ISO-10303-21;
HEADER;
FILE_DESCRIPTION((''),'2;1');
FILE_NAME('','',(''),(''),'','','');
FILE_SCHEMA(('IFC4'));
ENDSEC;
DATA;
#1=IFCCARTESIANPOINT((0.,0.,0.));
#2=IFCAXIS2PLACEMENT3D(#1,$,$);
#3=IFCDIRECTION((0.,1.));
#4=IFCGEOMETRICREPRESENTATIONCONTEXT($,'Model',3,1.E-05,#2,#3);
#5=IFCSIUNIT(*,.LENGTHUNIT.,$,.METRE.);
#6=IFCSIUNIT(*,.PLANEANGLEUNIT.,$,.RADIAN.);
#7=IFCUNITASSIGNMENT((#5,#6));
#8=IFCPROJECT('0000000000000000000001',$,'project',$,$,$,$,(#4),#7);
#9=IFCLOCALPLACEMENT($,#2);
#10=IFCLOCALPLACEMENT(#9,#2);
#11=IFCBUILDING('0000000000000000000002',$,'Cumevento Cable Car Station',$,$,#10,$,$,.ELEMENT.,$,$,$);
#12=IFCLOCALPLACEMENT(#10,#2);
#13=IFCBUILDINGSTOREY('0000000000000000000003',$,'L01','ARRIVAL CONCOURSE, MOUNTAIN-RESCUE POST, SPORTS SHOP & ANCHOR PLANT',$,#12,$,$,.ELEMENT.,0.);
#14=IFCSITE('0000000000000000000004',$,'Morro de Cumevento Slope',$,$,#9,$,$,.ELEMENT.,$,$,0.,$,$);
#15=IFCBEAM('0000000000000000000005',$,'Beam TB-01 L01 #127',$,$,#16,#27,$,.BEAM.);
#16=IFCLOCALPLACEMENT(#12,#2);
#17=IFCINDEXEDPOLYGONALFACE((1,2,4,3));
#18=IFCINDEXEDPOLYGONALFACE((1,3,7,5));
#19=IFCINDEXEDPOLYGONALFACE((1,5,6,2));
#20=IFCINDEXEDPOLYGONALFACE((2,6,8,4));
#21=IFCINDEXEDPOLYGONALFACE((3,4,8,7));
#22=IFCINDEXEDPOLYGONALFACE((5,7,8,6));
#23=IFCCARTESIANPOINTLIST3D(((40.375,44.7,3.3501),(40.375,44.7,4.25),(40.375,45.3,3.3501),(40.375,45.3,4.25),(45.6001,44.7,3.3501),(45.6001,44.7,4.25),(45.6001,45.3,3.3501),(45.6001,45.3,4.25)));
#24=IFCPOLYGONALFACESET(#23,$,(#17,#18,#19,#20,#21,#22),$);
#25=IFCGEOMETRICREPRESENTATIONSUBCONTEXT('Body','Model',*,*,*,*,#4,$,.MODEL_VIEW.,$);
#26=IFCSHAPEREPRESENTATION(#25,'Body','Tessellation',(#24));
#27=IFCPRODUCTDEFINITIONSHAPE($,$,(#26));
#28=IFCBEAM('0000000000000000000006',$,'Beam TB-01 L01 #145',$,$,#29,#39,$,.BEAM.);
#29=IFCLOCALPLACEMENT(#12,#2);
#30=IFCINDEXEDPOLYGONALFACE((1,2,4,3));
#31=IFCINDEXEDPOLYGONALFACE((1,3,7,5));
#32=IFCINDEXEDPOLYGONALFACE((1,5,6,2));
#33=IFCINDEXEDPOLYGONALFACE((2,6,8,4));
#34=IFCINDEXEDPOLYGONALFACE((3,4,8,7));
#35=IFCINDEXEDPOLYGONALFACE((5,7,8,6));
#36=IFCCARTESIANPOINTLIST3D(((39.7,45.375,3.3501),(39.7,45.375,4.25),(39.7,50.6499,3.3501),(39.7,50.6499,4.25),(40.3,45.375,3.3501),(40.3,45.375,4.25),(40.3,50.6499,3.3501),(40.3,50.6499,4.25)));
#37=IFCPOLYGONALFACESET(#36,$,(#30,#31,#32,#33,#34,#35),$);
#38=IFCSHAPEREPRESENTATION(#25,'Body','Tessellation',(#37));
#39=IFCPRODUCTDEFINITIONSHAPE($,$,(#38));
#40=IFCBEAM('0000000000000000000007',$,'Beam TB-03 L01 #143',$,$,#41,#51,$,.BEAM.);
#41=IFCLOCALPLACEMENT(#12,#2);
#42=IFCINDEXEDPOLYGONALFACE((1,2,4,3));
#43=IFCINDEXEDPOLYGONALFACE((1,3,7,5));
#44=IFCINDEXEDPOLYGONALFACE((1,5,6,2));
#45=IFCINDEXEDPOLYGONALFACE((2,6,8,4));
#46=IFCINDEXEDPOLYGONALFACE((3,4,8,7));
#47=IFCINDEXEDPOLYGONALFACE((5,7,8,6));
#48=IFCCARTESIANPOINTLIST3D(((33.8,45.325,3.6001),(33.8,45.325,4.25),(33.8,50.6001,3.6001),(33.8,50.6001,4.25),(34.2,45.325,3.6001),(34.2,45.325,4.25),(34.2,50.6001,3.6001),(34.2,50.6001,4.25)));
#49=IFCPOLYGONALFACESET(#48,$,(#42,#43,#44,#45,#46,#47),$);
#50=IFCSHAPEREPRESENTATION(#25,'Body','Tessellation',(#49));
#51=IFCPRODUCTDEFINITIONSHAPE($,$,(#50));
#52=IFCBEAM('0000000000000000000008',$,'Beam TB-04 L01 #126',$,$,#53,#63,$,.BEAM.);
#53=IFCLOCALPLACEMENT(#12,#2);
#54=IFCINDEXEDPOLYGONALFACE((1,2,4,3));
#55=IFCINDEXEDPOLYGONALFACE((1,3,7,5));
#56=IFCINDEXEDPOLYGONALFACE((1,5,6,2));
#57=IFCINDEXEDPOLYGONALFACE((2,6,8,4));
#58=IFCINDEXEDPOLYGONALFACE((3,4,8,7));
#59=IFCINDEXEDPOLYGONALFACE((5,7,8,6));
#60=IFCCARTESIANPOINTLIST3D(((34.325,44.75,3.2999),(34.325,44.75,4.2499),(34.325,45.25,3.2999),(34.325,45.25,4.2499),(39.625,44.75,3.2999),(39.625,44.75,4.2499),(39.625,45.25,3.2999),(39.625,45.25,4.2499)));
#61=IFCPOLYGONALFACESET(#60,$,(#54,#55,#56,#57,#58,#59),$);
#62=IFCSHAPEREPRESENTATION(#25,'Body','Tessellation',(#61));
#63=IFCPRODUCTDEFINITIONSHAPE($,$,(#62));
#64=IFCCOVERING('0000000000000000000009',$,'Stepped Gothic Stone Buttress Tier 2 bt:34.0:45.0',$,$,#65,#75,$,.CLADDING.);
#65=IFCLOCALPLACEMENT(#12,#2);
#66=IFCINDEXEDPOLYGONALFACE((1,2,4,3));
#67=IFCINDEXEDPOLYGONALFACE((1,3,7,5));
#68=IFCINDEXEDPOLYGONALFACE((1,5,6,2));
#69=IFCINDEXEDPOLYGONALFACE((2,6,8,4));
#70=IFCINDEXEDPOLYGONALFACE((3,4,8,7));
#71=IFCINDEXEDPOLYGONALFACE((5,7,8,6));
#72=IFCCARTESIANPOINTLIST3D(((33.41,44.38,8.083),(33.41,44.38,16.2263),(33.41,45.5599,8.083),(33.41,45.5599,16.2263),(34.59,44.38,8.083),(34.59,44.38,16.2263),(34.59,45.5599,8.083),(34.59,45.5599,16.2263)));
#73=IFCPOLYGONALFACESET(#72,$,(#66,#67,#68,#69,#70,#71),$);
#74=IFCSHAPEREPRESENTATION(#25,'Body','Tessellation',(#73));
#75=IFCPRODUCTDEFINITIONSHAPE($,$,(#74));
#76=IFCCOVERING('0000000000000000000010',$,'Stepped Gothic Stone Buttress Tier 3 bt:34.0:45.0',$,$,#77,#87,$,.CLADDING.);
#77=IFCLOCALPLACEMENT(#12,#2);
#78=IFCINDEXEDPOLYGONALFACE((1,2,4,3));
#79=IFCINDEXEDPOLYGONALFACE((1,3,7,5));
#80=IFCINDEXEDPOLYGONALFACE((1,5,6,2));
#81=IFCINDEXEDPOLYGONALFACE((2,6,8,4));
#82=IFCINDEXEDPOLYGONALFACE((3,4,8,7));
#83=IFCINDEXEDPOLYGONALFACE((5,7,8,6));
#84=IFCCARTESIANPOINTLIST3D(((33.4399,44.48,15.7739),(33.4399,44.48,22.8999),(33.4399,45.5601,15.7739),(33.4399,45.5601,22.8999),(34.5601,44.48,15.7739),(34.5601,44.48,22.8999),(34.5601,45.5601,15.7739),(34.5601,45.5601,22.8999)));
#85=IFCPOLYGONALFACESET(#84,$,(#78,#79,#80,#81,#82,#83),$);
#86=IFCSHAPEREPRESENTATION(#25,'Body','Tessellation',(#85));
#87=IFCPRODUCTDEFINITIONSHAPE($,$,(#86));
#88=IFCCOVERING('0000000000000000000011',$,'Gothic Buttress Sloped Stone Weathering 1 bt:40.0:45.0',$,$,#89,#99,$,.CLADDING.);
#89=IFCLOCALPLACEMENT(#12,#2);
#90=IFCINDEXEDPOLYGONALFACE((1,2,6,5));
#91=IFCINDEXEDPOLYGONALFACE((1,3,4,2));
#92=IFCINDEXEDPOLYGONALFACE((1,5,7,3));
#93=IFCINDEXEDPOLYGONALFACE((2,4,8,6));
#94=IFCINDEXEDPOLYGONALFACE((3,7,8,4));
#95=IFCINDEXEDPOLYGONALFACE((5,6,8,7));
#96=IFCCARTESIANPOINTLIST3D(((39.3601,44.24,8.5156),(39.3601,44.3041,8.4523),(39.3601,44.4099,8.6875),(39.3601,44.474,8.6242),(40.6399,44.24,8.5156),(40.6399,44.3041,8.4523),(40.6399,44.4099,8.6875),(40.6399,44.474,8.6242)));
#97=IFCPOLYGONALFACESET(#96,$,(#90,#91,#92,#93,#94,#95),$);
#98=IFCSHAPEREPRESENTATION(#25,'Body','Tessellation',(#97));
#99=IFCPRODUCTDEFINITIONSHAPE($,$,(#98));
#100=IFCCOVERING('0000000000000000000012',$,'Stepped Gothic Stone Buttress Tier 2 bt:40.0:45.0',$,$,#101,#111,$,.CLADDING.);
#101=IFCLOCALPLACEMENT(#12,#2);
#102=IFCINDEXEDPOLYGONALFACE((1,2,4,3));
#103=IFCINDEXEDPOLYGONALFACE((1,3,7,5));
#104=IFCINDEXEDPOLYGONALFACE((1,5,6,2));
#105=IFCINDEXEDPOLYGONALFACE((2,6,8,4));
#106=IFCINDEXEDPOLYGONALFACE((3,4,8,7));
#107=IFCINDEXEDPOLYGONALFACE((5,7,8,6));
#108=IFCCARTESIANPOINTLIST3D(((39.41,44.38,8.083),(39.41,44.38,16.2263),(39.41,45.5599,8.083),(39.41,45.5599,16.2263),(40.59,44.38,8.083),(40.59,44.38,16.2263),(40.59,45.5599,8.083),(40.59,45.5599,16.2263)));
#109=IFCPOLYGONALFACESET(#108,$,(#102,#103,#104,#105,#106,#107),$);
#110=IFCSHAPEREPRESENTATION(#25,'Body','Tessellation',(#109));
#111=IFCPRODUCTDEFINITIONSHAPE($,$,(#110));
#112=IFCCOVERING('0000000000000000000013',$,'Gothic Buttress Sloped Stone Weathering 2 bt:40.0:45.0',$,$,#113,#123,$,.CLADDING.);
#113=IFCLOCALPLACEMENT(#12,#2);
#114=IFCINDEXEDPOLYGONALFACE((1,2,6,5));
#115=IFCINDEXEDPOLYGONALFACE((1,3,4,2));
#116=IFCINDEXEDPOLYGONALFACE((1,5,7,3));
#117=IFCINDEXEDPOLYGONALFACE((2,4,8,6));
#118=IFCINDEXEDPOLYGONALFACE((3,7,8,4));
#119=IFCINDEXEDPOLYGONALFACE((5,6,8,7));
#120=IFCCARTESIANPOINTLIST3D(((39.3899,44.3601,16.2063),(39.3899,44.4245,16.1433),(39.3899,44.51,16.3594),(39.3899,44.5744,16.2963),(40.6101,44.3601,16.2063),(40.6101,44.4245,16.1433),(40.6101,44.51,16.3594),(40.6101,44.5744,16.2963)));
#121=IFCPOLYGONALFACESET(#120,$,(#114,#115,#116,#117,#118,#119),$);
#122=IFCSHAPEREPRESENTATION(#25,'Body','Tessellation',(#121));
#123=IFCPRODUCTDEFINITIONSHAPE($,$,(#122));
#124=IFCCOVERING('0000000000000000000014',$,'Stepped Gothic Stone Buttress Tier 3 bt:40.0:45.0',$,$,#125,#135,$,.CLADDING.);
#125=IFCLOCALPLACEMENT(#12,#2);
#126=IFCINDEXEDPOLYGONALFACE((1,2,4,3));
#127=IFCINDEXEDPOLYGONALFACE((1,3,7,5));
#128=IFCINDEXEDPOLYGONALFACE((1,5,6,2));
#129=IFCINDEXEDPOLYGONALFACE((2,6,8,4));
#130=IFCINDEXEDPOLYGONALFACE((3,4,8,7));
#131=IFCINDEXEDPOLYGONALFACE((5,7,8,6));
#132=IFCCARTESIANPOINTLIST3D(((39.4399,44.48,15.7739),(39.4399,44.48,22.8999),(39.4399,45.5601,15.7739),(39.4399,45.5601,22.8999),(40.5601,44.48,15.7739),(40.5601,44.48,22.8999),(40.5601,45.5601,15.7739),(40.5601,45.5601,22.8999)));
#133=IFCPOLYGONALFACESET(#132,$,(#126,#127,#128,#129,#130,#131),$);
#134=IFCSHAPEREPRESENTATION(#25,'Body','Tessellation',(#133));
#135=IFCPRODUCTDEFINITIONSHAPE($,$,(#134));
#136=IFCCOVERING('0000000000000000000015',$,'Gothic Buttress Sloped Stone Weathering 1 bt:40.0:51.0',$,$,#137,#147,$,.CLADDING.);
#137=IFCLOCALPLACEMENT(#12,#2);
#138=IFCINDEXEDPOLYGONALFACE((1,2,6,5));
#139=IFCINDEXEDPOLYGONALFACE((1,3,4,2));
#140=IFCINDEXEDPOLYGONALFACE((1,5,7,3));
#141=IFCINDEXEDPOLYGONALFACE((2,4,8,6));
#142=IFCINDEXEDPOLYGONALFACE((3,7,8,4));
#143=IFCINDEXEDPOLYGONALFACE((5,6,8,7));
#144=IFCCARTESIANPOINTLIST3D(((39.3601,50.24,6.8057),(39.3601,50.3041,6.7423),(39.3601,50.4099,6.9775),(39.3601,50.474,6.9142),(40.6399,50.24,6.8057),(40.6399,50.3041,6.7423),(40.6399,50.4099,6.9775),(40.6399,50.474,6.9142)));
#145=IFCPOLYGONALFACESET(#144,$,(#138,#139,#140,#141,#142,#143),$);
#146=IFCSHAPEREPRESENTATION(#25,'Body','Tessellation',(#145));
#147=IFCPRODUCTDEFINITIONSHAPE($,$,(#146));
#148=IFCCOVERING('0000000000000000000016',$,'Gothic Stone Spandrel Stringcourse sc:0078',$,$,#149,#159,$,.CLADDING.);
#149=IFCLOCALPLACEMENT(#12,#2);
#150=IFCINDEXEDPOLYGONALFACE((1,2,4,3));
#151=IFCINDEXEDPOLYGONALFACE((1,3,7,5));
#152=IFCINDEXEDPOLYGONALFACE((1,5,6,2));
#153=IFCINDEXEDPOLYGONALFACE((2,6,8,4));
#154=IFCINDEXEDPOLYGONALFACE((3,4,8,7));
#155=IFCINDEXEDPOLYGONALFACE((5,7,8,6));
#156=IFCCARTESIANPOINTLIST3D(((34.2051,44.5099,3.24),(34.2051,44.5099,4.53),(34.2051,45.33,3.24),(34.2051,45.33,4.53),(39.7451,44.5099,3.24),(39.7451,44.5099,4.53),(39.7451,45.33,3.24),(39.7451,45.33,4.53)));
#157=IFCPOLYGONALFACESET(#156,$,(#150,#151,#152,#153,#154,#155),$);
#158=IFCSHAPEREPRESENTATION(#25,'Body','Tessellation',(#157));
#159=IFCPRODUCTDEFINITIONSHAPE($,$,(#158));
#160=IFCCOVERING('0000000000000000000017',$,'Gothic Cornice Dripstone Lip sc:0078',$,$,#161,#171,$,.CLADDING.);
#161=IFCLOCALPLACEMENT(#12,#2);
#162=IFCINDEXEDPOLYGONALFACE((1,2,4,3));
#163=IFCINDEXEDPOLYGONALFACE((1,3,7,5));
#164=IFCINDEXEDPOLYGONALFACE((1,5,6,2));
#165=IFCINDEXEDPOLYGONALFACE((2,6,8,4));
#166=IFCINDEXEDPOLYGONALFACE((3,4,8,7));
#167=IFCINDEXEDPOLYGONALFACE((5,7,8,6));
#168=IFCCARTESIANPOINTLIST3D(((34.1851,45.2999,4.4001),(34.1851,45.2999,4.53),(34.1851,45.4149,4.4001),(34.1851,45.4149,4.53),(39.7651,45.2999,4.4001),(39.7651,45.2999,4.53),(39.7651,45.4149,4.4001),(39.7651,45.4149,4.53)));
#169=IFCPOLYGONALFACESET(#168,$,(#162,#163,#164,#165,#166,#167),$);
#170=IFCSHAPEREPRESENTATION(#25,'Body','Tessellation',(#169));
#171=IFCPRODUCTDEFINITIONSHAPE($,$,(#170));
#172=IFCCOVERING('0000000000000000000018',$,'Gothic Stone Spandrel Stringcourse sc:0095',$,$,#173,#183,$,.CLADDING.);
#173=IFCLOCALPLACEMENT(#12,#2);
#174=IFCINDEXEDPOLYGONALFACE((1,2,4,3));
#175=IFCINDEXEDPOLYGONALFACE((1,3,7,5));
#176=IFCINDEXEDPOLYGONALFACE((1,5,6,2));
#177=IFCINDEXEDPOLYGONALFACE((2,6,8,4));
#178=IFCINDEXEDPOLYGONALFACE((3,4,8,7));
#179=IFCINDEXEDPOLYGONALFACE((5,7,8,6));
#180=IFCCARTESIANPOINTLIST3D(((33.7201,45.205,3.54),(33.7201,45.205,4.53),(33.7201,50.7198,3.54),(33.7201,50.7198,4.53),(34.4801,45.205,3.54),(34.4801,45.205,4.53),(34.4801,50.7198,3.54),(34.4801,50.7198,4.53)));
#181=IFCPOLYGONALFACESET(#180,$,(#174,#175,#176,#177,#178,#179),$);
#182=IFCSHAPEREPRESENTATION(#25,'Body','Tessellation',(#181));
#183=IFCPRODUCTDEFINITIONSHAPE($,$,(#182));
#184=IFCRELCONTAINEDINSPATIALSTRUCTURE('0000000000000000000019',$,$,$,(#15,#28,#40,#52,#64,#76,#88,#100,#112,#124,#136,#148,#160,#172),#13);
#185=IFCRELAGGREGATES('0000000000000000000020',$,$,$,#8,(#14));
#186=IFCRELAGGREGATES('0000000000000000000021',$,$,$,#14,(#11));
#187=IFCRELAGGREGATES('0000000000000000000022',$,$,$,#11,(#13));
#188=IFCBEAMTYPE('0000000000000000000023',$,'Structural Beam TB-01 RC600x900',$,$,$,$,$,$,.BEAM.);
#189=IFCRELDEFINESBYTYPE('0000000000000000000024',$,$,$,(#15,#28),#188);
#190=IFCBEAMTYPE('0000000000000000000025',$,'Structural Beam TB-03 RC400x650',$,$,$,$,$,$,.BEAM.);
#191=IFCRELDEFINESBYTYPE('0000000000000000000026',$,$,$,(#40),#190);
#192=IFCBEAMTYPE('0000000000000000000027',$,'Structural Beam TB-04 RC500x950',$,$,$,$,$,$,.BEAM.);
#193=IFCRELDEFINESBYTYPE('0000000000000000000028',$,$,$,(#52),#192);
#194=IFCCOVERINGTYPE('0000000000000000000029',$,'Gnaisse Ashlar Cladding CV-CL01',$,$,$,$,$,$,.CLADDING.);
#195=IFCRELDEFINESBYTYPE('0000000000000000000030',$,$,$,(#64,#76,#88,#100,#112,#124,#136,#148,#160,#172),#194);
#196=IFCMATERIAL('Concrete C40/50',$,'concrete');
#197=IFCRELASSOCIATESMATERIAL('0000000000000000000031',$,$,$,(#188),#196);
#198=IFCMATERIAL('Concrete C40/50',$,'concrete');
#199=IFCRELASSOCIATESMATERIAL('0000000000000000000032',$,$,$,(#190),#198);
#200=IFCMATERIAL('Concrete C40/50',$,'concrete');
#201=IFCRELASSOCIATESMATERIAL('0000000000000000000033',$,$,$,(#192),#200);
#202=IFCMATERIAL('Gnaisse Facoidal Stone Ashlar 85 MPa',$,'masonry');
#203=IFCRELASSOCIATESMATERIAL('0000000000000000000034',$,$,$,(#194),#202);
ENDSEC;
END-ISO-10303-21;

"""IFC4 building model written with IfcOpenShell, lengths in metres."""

from ifc_helpers import new_model, si_unit, direction, frame, origin, origin_2d, place, context, subcontext, project, spatial, polyline, rectangle, outline, extrude, material, material_profile, profile_set, type_object, element, save


model = new_model("IFC4")

# Units and contexts
model_context = context("Model", 3, precision=1e-05, world=origin(), true_north=direction((0.0, 1.0)))
body_context = subcontext(model_context, "Body", "Model", "MODEL_VIEW")
ifc_project = project(units=[si_unit("LENGTHUNIT", "METRE"), si_unit("PLANEANGLEUNIT", "RADIAN")], contexts=[model_context])

# Site, building, storey
site_placement = place(None, origin())
site = spatial("IfcSite", under=ifc_project, at=site_placement, Name="Morro de Cumevento Slope", CompositionType="ELEMENT", RefElevation=0.0)
building_placement = place(site_placement, origin())
building = spatial("IfcBuilding", under=site, at=building_placement, Name="Cumevento Cable Car Station", CompositionType="ELEMENT")
storey_placement = place(building_placement, origin())
storey = spatial("IfcBuildingStorey", under=building, at=storey_placement, Name="L01", Description="ARRIVAL CONCOURSE, MOUNTAIN-RESCUE POST, SPORTS SHOP & ANCHOR PLANT", CompositionType="ELEMENT", Elevation=0.0)

# Beams
ifc_material_1 = material(Name="Concrete C40/50", Category="concrete")
ifc_material_profile_1 = material_profile(ifc_material_1, rectangle(XDim=0.6001, YDim=0.8999, at=origin_2d()), Name="RC600x900")
ifc_profile_set_1 = profile_set([ifc_material_profile_1], Name="Concrete C40/50")
beam_type_1 = type_object("IfcBeamType", Name="Structural Beam TB-01 RC600x900", PredefinedType="BEAM", material=ifc_profile_set_1)
beam_1_placement = place(storey_placement, frame((40.375, 45.0, 3.8), z_axis=(1.0, 0.0, 0.0), x_axis=(0.0, 1.0, 0.0)))
element("IfcBeam", 1, at=beam_1_placement, inside=storey, type_object=beam_type_1, Name="Beam TB-01 L01 #127", PredefinedType="BEAM", context=body_context, shape_type="SweptSolid", body=[
    extrude(rectangle(XDim=0.6001, YDim=0.8999, at=origin_2d()), origin(), (0.0, 0.0, 1.0), 5.2251),
])
beam_2_placement = place(storey_placement, frame((40.0, 45.375, 3.8), z_axis=(0.0, 1.0, 0.0), x_axis=(-1.0, 0.0, 0.0)))
element("IfcBeam", 2, at=beam_2_placement, inside=storey, type_object=beam_type_1, Name="Beam TB-01 L01 #145", PredefinedType="BEAM", context=body_context, shape_type="SweptSolid", body=[
    extrude(rectangle(XDim=0.6001, YDim=0.8999, at=origin_2d()), origin(), (0.0, 0.0, 1.0), 5.2749),
])
ifc_material_2 = material(Name="Concrete C40/50", Category="concrete")
ifc_material_profile_2 = material_profile(ifc_material_2, rectangle(XDim=0.3999, YDim=0.6499, at=origin_2d()), Name="RC400x650")
ifc_profile_set_2 = profile_set([ifc_material_profile_2], Name="Concrete C40/50")
beam_type_2 = type_object("IfcBeamType", Name="Structural Beam TB-03 RC400x650", PredefinedType="BEAM", material=ifc_profile_set_2)
beam_3_placement = place(storey_placement, frame((34.0, 45.325, 3.925), z_axis=(0.0, 1.0, 0.0), x_axis=(-1.0, 0.0, 0.0)))
element("IfcBeam", 3, at=beam_3_placement, inside=storey, type_object=beam_type_2, Name="Beam TB-03 L01 #143", PredefinedType="BEAM", context=body_context, shape_type="SweptSolid", body=[
    extrude(rectangle(XDim=0.3999, YDim=0.6499, at=origin_2d()), origin(), (0.0, 0.0, 1.0), 5.2751),
])
ifc_material_3 = material(Name="Concrete C40/50", Category="concrete")
ifc_material_profile_3 = material_profile(ifc_material_3, rectangle(XDim=0.5, YDim=0.95, at=origin_2d()), Name="RC500x950")
ifc_profile_set_3 = profile_set([ifc_material_profile_3], Name="Concrete C40/50")
beam_type_3 = type_object("IfcBeamType", Name="Structural Beam TB-04 RC500x950", PredefinedType="BEAM", material=ifc_profile_set_3)
beam_4_placement = place(storey_placement, frame((34.325, 45.0, 3.7749), z_axis=(1.0, 0.0, 0.0), x_axis=(0.0, 1.0, 0.0)))
element("IfcBeam", 4, at=beam_4_placement, inside=storey, type_object=beam_type_3, Name="Beam TB-04 L01 #126", PredefinedType="BEAM", context=body_context, shape_type="SweptSolid", body=[
    extrude(rectangle(XDim=0.5, YDim=0.95, at=origin_2d()), origin(), (0.0, 0.0, 1.0), 5.3),
])

# Coverings
ifc_material_4 = material(Name="Gnaisse Facoidal Stone Ashlar 85 MPa", Category="masonry")
covering_type = type_object("IfcCoveringType", Name="Gnaisse Ashlar Cladding CV-CL01", PredefinedType="CLADDING", material=ifc_material_4)
covering_1_placement = place(storey_placement, frame((34.0, 44.97, 8.083), z_axis=(0.0, 0.0, 1.0), x_axis=(1.0, 0.0, 0.0)))
element("IfcCovering", 5, at=covering_1_placement, inside=storey, type_object=covering_type, Name="Stepped Gothic Stone Buttress Tier 2 bt:34.0:45.0", PredefinedType="CLADDING", context=body_context, shape_type="SweptSolid", body=[
    extrude(rectangle(XDim=1.1799, YDim=1.1799, at=origin_2d()), origin(), (0.0, 0.0, 1.0), 8.1433),
])
covering_2_placement = place(storey_placement, frame((34.0, 45.02, 15.7739), z_axis=(0.0, 0.0, 1.0), x_axis=(1.0, 0.0, 0.0)))
element("IfcCovering", 6, at=covering_2_placement, inside=storey, type_object=covering_type, Name="Stepped Gothic Stone Buttress Tier 3 bt:34.0:45.0", PredefinedType="CLADDING", context=body_context, shape_type="SweptSolid", body=[
    extrude(rectangle(XDim=1.1201, YDim=1.0801, at=origin_2d()), origin(), (0.0, 0.0, 1.0), 7.126),
])
covering_3_placement = place(storey_placement, frame((39.3601, 44.24, 8.5156), z_axis=(0.0, -0.711136, 0.703055), x_axis=(1.0, 0.0, 0.0)))
element("IfcCovering", 7, at=covering_3_placement, inside=storey, type_object=covering_type, Name="Gothic Buttress Sloped Stone Weathering 1 bt:40.0:45.0", PredefinedType="CLADDING", context=body_context, shape_type="SweptSolid", body=[
    extrude(outline(polyline([(0.0, 0.0), (1.2798, 0.0), (1.2798, 0.2417), (0.0, 0.2417), (0.0, 0.0)])), origin(), (0.0, 0.0, -1.0), 0.0901),
])
covering_4_placement = place(storey_placement, frame((40.0, 44.97, 8.083), z_axis=(0.0, 0.0, 1.0), x_axis=(1.0, 0.0, 0.0)))
element("IfcCovering", 8, at=covering_4_placement, inside=storey, type_object=covering_type, Name="Stepped Gothic Stone Buttress Tier 2 bt:40.0:45.0", PredefinedType="CLADDING", context=body_context, shape_type="SweptSolid", body=[
    extrude(rectangle(XDim=1.1799, YDim=1.1799, at=origin_2d()), origin(), (0.0, 0.0, 1.0), 8.1433),
])
covering_5_placement = place(storey_placement, frame((39.3899, 44.3601, 16.2063), z_axis=(0.0, -0.714475, 0.699661), x_axis=(1.0, 0.0, 0.0)))
element("IfcCovering", 9, at=covering_5_placement, inside=storey, type_object=covering_type, Name="Gothic Buttress Sloped Stone Weathering 2 bt:40.0:45.0", PredefinedType="CLADDING", context=body_context, shape_type="SweptSolid", body=[
    extrude(outline(polyline([(0.0, 0.0), (1.2202, 0.0), (1.2202, 0.2142), (0.0, 0.2142), (0.0, 0.0)])), origin(), (0.0, 0.0, -1.0), 0.0901),
])
covering_6_placement = place(storey_placement, frame((40.0, 45.02, 15.7739), z_axis=(0.0, 0.0, 1.0), x_axis=(1.0, 0.0, 0.0)))
element("IfcCovering", 10, at=covering_6_placement, inside=storey, type_object=covering_type, Name="Stepped Gothic Stone Buttress Tier 3 bt:40.0:45.0", PredefinedType="CLADDING", context=body_context, shape_type="SweptSolid", body=[
    extrude(rectangle(XDim=1.1201, YDim=1.0801, at=origin_2d()), origin(), (0.0, 0.0, 1.0), 7.126),
])
covering_7_placement = place(storey_placement, frame((39.3601, 50.24, 6.8057), z_axis=(0.0, -0.711136, 0.703055), x_axis=(1.0, 0.0, 0.0)))
element("IfcCovering", 11, at=covering_7_placement, inside=storey, type_object=covering_type, Name="Gothic Buttress Sloped Stone Weathering 1 bt:40.0:51.0", PredefinedType="CLADDING", context=body_context, shape_type="SweptSolid", body=[
    extrude(outline(polyline([(0.0, 0.0), (1.2798, 0.0), (1.2798, 0.2417), (0.0, 0.2417), (0.0, 0.0)])), origin(), (0.0, 0.0, -1.0), 0.0901),
])
covering_8_placement = place(storey_placement, frame((36.9751, 44.9199, 3.24), z_axis=(0.0, 0.0, 1.0), x_axis=(1.0, 0.0, 0.0)))
element("IfcCovering", 12, at=covering_8_placement, inside=storey, type_object=covering_type, Name="Gothic Stone Spandrel Stringcourse sc:0078", PredefinedType="CLADDING", context=body_context, shape_type="SweptSolid", body=[
    extrude(rectangle(XDim=5.54, YDim=0.8201, at=origin_2d()), origin(), (0.0, 0.0, 1.0), 1.29),
])
covering_9_placement = place(storey_placement, frame((36.9751, 45.3574, 4.4001), z_axis=(0.0, 0.0, 1.0), x_axis=(1.0, 0.0, 0.0)))
element("IfcCovering", 13, at=covering_9_placement, inside=storey, type_object=covering_type, Name="Gothic Cornice Dripstone Lip sc:0078", PredefinedType="CLADDING", context=body_context, shape_type="SweptSolid", body=[
    extrude(rectangle(XDim=5.5801, YDim=0.115, at=origin_2d()), origin(), (0.0, 0.0, 1.0), 0.1299),
])
covering_10_placement = place(storey_placement, frame((34.1001, 47.9624, 3.54), z_axis=(0.0, 0.0, 1.0), x_axis=(0.0, 1.0, 0.0)))
element("IfcCovering", 14, at=covering_10_placement, inside=storey, type_object=covering_type, Name="Gothic Stone Spandrel Stringcourse sc:0095", PredefinedType="CLADDING", context=body_context, shape_type="SweptSolid", body=[
    extrude(rectangle(XDim=5.5149, YDim=0.76, at=origin_2d()), origin(), (0.0, 0.0, 1.0), 0.99),
])

save(model, "model.ifc")
